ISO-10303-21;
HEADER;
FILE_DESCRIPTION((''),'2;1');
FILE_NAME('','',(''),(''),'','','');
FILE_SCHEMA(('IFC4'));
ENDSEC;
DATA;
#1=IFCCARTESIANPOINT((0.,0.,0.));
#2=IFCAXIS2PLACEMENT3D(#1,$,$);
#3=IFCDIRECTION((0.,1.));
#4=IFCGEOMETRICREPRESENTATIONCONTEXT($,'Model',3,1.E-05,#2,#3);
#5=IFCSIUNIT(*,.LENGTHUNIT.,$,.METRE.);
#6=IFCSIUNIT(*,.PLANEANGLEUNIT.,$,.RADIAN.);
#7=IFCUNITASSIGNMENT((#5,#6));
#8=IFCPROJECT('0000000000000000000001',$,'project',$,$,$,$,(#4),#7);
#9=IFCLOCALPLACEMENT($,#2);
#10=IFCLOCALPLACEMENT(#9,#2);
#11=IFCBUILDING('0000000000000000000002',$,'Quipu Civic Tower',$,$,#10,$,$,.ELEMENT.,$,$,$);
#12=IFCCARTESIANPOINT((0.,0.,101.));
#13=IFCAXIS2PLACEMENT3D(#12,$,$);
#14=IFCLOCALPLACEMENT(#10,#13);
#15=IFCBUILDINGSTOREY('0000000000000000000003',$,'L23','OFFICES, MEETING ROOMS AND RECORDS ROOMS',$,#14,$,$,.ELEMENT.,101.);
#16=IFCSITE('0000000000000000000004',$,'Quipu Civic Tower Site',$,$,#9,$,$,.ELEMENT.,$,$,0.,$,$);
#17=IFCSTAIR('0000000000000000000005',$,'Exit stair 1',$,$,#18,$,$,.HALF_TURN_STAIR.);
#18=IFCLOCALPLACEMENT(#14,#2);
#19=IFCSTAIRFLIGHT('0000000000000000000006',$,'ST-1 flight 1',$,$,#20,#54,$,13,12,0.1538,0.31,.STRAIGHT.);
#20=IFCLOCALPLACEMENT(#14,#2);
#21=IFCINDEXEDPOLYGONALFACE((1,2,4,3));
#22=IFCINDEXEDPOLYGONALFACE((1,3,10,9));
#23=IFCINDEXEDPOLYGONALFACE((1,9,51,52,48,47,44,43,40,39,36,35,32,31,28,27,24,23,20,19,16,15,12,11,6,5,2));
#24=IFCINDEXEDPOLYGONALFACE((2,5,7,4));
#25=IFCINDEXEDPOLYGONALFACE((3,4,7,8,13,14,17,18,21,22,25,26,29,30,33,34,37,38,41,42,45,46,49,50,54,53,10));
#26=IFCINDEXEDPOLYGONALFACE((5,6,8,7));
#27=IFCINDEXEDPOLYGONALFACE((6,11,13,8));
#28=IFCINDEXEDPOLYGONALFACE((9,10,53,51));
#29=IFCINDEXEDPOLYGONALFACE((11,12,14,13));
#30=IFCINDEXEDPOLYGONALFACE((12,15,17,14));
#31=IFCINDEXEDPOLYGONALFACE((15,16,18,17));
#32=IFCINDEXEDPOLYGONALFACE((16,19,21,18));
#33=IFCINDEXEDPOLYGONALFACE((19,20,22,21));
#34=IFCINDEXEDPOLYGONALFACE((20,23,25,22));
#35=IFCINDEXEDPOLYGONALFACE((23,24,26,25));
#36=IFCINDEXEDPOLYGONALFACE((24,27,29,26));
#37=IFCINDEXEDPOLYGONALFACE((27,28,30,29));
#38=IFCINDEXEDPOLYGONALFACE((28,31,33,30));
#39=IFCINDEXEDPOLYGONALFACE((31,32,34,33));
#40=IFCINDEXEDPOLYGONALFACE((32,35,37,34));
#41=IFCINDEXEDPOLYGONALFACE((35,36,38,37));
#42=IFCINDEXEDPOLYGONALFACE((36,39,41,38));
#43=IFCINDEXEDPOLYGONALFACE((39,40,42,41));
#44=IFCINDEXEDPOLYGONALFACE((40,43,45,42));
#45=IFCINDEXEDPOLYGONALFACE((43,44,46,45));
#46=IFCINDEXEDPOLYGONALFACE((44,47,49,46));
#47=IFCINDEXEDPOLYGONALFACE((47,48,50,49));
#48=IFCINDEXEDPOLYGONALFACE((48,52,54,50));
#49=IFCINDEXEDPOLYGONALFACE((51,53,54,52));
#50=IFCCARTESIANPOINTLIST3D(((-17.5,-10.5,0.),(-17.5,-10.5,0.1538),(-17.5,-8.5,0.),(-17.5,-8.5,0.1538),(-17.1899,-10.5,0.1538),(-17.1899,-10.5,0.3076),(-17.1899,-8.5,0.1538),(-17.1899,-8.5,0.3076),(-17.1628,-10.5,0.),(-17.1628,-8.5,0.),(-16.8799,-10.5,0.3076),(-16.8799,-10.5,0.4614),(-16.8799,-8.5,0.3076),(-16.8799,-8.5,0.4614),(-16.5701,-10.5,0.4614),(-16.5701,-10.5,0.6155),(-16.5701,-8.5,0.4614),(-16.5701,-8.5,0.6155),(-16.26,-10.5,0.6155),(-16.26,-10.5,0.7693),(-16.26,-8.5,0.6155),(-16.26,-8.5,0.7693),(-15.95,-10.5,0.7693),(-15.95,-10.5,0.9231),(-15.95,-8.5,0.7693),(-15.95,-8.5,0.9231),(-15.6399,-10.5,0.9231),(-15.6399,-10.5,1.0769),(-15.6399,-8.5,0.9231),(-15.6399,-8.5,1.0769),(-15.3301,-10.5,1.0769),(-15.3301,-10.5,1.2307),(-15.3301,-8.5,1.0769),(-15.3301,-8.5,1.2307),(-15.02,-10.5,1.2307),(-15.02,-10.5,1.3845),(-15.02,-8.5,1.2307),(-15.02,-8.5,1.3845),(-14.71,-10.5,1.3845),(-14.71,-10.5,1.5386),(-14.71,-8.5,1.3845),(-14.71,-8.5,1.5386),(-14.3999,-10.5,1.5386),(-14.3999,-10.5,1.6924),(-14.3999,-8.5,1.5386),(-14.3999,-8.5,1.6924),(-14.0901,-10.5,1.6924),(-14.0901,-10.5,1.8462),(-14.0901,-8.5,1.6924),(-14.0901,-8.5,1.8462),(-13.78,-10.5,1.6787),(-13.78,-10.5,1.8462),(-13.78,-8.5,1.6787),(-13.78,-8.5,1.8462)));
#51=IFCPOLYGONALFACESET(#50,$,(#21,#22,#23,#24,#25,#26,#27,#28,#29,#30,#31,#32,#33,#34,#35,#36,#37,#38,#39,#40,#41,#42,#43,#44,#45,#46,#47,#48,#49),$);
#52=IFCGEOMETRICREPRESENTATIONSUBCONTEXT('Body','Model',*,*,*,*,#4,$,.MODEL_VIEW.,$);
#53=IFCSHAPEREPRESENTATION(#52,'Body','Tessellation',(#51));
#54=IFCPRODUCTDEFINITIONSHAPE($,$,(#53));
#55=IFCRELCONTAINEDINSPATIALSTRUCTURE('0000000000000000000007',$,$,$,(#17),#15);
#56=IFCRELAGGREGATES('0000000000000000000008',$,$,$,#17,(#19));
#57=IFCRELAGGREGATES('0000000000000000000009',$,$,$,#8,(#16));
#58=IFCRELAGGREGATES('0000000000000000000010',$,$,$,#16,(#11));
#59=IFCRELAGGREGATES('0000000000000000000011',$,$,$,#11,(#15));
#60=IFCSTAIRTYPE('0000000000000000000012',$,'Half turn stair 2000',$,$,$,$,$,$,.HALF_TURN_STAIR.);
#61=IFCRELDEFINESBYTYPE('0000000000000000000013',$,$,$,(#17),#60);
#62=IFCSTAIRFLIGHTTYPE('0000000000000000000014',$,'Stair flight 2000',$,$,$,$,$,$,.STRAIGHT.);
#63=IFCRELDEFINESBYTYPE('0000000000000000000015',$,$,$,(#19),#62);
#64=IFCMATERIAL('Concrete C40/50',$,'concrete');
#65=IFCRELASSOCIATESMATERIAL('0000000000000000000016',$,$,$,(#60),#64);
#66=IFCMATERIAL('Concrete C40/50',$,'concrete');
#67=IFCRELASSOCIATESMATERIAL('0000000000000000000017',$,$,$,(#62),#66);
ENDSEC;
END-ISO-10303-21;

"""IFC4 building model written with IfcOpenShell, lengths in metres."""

from ifc_helpers import new_model, si_unit, direction, frame, origin, place, context, subcontext, project, spatial, polyline, outline, extrude, material, type_object, element, aggregate, save


model = new_model("IFC4")

# Units and contexts
model_context = context("Model", 3, precision=1e-05, world=origin(), true_north=direction((0.0, 1.0)))
body_context = subcontext(model_context, "Body", "Model", "MODEL_VIEW")
ifc_project = project(units=[si_unit("LENGTHUNIT", "METRE"), si_unit("PLANEANGLEUNIT", "RADIAN")], contexts=[model_context])

# Site, building, storey
site_placement = place(None, origin())
site = spatial("IfcSite", under=ifc_project, at=site_placement, Name="Quipu Civic Tower Site", CompositionType="ELEMENT", RefElevation=0.0)
building_placement = place(site_placement, origin())
building = spatial("IfcBuilding", under=site, at=building_placement, Name="Quipu Civic Tower", CompositionType="ELEMENT")
storey_placement = place(building_placement, frame((0.0, 0.0, 101.0)))
storey = spatial("IfcBuildingStorey", under=building, at=storey_placement, Name="L23", Description="OFFICES, MEETING ROOMS AND RECORDS ROOMS", CompositionType="ELEMENT", Elevation=101.0)

# Stair, stair flight
ifc_material_1 = material(Name="Concrete C40/50", Category="concrete")
stair_type = type_object("IfcStairType", Name="Half turn stair 2000", PredefinedType="HALF_TURN_STAIR", material=ifc_material_1)
stair_placement = place(storey_placement, origin())
stair = element("IfcStair", 1, at=stair_placement, inside=storey, type_object=stair_type, Name="Exit stair 1", PredefinedType="HALF_TURN_STAIR")
ifc_material_2 = material(Name="Concrete C40/50", Category="concrete")
stair_flight_type = type_object("IfcStairFlightType", Name="Stair flight 2000", PredefinedType="STRAIGHT", material=ifc_material_2)
stair_flight_placement = place(storey_placement, frame((-17.5, -9.5, 0.0), z_axis=(0.0, 0.0, 1.0), x_axis=(1.0, 0.0, 0.0)))
stair_flight = element("IfcStairFlight", 2, at=stair_flight_placement, type_object=stair_flight_type, Name="ST-1 flight 1", NumberOfRisers=13, NumberOfTreads=12, PredefinedType="STRAIGHT", RiserHeight=0.1538, TreadLength=0.31, context=body_context, shape_type="SweptSolid", body=[
    extrude(outline(polyline([(0.0, 0.0), (0.0, 0.1538), (0.3101, 0.1538), (0.3101, 0.3076), (0.6201, 0.3076), (0.6201, 0.4614), (0.9299, 0.4614), (0.9299, 0.6155), (1.24, 0.6155), (1.24, 0.7693), (1.55, 0.7693), (1.55, 0.9231), (1.8601, 0.9231), (1.8601, 1.0769), (2.1699, 1.0769), (2.1699, 1.2307), (2.48, 1.2307), (2.48, 1.3845), (2.79, 1.3845), (2.79, 1.5386), (3.1001, 1.5386), (3.1001, 1.6924), (3.4099, 1.6924), (3.4099, 1.8462), (3.72, 1.8462), (3.72, 2.0), (3.72, 1.6787), (0.3372, 0.0), (0.0, 0.0)])), frame((0.0, 1.0, 0.0), z_axis=(0.0, -1.0, 0.0), x_axis=(1.0, 0.0, 0.0)), (0.0, 0.0, 1.0), 2.0),
])
aggregate(stair, [stair_flight])

save(model, "model.ifc")
